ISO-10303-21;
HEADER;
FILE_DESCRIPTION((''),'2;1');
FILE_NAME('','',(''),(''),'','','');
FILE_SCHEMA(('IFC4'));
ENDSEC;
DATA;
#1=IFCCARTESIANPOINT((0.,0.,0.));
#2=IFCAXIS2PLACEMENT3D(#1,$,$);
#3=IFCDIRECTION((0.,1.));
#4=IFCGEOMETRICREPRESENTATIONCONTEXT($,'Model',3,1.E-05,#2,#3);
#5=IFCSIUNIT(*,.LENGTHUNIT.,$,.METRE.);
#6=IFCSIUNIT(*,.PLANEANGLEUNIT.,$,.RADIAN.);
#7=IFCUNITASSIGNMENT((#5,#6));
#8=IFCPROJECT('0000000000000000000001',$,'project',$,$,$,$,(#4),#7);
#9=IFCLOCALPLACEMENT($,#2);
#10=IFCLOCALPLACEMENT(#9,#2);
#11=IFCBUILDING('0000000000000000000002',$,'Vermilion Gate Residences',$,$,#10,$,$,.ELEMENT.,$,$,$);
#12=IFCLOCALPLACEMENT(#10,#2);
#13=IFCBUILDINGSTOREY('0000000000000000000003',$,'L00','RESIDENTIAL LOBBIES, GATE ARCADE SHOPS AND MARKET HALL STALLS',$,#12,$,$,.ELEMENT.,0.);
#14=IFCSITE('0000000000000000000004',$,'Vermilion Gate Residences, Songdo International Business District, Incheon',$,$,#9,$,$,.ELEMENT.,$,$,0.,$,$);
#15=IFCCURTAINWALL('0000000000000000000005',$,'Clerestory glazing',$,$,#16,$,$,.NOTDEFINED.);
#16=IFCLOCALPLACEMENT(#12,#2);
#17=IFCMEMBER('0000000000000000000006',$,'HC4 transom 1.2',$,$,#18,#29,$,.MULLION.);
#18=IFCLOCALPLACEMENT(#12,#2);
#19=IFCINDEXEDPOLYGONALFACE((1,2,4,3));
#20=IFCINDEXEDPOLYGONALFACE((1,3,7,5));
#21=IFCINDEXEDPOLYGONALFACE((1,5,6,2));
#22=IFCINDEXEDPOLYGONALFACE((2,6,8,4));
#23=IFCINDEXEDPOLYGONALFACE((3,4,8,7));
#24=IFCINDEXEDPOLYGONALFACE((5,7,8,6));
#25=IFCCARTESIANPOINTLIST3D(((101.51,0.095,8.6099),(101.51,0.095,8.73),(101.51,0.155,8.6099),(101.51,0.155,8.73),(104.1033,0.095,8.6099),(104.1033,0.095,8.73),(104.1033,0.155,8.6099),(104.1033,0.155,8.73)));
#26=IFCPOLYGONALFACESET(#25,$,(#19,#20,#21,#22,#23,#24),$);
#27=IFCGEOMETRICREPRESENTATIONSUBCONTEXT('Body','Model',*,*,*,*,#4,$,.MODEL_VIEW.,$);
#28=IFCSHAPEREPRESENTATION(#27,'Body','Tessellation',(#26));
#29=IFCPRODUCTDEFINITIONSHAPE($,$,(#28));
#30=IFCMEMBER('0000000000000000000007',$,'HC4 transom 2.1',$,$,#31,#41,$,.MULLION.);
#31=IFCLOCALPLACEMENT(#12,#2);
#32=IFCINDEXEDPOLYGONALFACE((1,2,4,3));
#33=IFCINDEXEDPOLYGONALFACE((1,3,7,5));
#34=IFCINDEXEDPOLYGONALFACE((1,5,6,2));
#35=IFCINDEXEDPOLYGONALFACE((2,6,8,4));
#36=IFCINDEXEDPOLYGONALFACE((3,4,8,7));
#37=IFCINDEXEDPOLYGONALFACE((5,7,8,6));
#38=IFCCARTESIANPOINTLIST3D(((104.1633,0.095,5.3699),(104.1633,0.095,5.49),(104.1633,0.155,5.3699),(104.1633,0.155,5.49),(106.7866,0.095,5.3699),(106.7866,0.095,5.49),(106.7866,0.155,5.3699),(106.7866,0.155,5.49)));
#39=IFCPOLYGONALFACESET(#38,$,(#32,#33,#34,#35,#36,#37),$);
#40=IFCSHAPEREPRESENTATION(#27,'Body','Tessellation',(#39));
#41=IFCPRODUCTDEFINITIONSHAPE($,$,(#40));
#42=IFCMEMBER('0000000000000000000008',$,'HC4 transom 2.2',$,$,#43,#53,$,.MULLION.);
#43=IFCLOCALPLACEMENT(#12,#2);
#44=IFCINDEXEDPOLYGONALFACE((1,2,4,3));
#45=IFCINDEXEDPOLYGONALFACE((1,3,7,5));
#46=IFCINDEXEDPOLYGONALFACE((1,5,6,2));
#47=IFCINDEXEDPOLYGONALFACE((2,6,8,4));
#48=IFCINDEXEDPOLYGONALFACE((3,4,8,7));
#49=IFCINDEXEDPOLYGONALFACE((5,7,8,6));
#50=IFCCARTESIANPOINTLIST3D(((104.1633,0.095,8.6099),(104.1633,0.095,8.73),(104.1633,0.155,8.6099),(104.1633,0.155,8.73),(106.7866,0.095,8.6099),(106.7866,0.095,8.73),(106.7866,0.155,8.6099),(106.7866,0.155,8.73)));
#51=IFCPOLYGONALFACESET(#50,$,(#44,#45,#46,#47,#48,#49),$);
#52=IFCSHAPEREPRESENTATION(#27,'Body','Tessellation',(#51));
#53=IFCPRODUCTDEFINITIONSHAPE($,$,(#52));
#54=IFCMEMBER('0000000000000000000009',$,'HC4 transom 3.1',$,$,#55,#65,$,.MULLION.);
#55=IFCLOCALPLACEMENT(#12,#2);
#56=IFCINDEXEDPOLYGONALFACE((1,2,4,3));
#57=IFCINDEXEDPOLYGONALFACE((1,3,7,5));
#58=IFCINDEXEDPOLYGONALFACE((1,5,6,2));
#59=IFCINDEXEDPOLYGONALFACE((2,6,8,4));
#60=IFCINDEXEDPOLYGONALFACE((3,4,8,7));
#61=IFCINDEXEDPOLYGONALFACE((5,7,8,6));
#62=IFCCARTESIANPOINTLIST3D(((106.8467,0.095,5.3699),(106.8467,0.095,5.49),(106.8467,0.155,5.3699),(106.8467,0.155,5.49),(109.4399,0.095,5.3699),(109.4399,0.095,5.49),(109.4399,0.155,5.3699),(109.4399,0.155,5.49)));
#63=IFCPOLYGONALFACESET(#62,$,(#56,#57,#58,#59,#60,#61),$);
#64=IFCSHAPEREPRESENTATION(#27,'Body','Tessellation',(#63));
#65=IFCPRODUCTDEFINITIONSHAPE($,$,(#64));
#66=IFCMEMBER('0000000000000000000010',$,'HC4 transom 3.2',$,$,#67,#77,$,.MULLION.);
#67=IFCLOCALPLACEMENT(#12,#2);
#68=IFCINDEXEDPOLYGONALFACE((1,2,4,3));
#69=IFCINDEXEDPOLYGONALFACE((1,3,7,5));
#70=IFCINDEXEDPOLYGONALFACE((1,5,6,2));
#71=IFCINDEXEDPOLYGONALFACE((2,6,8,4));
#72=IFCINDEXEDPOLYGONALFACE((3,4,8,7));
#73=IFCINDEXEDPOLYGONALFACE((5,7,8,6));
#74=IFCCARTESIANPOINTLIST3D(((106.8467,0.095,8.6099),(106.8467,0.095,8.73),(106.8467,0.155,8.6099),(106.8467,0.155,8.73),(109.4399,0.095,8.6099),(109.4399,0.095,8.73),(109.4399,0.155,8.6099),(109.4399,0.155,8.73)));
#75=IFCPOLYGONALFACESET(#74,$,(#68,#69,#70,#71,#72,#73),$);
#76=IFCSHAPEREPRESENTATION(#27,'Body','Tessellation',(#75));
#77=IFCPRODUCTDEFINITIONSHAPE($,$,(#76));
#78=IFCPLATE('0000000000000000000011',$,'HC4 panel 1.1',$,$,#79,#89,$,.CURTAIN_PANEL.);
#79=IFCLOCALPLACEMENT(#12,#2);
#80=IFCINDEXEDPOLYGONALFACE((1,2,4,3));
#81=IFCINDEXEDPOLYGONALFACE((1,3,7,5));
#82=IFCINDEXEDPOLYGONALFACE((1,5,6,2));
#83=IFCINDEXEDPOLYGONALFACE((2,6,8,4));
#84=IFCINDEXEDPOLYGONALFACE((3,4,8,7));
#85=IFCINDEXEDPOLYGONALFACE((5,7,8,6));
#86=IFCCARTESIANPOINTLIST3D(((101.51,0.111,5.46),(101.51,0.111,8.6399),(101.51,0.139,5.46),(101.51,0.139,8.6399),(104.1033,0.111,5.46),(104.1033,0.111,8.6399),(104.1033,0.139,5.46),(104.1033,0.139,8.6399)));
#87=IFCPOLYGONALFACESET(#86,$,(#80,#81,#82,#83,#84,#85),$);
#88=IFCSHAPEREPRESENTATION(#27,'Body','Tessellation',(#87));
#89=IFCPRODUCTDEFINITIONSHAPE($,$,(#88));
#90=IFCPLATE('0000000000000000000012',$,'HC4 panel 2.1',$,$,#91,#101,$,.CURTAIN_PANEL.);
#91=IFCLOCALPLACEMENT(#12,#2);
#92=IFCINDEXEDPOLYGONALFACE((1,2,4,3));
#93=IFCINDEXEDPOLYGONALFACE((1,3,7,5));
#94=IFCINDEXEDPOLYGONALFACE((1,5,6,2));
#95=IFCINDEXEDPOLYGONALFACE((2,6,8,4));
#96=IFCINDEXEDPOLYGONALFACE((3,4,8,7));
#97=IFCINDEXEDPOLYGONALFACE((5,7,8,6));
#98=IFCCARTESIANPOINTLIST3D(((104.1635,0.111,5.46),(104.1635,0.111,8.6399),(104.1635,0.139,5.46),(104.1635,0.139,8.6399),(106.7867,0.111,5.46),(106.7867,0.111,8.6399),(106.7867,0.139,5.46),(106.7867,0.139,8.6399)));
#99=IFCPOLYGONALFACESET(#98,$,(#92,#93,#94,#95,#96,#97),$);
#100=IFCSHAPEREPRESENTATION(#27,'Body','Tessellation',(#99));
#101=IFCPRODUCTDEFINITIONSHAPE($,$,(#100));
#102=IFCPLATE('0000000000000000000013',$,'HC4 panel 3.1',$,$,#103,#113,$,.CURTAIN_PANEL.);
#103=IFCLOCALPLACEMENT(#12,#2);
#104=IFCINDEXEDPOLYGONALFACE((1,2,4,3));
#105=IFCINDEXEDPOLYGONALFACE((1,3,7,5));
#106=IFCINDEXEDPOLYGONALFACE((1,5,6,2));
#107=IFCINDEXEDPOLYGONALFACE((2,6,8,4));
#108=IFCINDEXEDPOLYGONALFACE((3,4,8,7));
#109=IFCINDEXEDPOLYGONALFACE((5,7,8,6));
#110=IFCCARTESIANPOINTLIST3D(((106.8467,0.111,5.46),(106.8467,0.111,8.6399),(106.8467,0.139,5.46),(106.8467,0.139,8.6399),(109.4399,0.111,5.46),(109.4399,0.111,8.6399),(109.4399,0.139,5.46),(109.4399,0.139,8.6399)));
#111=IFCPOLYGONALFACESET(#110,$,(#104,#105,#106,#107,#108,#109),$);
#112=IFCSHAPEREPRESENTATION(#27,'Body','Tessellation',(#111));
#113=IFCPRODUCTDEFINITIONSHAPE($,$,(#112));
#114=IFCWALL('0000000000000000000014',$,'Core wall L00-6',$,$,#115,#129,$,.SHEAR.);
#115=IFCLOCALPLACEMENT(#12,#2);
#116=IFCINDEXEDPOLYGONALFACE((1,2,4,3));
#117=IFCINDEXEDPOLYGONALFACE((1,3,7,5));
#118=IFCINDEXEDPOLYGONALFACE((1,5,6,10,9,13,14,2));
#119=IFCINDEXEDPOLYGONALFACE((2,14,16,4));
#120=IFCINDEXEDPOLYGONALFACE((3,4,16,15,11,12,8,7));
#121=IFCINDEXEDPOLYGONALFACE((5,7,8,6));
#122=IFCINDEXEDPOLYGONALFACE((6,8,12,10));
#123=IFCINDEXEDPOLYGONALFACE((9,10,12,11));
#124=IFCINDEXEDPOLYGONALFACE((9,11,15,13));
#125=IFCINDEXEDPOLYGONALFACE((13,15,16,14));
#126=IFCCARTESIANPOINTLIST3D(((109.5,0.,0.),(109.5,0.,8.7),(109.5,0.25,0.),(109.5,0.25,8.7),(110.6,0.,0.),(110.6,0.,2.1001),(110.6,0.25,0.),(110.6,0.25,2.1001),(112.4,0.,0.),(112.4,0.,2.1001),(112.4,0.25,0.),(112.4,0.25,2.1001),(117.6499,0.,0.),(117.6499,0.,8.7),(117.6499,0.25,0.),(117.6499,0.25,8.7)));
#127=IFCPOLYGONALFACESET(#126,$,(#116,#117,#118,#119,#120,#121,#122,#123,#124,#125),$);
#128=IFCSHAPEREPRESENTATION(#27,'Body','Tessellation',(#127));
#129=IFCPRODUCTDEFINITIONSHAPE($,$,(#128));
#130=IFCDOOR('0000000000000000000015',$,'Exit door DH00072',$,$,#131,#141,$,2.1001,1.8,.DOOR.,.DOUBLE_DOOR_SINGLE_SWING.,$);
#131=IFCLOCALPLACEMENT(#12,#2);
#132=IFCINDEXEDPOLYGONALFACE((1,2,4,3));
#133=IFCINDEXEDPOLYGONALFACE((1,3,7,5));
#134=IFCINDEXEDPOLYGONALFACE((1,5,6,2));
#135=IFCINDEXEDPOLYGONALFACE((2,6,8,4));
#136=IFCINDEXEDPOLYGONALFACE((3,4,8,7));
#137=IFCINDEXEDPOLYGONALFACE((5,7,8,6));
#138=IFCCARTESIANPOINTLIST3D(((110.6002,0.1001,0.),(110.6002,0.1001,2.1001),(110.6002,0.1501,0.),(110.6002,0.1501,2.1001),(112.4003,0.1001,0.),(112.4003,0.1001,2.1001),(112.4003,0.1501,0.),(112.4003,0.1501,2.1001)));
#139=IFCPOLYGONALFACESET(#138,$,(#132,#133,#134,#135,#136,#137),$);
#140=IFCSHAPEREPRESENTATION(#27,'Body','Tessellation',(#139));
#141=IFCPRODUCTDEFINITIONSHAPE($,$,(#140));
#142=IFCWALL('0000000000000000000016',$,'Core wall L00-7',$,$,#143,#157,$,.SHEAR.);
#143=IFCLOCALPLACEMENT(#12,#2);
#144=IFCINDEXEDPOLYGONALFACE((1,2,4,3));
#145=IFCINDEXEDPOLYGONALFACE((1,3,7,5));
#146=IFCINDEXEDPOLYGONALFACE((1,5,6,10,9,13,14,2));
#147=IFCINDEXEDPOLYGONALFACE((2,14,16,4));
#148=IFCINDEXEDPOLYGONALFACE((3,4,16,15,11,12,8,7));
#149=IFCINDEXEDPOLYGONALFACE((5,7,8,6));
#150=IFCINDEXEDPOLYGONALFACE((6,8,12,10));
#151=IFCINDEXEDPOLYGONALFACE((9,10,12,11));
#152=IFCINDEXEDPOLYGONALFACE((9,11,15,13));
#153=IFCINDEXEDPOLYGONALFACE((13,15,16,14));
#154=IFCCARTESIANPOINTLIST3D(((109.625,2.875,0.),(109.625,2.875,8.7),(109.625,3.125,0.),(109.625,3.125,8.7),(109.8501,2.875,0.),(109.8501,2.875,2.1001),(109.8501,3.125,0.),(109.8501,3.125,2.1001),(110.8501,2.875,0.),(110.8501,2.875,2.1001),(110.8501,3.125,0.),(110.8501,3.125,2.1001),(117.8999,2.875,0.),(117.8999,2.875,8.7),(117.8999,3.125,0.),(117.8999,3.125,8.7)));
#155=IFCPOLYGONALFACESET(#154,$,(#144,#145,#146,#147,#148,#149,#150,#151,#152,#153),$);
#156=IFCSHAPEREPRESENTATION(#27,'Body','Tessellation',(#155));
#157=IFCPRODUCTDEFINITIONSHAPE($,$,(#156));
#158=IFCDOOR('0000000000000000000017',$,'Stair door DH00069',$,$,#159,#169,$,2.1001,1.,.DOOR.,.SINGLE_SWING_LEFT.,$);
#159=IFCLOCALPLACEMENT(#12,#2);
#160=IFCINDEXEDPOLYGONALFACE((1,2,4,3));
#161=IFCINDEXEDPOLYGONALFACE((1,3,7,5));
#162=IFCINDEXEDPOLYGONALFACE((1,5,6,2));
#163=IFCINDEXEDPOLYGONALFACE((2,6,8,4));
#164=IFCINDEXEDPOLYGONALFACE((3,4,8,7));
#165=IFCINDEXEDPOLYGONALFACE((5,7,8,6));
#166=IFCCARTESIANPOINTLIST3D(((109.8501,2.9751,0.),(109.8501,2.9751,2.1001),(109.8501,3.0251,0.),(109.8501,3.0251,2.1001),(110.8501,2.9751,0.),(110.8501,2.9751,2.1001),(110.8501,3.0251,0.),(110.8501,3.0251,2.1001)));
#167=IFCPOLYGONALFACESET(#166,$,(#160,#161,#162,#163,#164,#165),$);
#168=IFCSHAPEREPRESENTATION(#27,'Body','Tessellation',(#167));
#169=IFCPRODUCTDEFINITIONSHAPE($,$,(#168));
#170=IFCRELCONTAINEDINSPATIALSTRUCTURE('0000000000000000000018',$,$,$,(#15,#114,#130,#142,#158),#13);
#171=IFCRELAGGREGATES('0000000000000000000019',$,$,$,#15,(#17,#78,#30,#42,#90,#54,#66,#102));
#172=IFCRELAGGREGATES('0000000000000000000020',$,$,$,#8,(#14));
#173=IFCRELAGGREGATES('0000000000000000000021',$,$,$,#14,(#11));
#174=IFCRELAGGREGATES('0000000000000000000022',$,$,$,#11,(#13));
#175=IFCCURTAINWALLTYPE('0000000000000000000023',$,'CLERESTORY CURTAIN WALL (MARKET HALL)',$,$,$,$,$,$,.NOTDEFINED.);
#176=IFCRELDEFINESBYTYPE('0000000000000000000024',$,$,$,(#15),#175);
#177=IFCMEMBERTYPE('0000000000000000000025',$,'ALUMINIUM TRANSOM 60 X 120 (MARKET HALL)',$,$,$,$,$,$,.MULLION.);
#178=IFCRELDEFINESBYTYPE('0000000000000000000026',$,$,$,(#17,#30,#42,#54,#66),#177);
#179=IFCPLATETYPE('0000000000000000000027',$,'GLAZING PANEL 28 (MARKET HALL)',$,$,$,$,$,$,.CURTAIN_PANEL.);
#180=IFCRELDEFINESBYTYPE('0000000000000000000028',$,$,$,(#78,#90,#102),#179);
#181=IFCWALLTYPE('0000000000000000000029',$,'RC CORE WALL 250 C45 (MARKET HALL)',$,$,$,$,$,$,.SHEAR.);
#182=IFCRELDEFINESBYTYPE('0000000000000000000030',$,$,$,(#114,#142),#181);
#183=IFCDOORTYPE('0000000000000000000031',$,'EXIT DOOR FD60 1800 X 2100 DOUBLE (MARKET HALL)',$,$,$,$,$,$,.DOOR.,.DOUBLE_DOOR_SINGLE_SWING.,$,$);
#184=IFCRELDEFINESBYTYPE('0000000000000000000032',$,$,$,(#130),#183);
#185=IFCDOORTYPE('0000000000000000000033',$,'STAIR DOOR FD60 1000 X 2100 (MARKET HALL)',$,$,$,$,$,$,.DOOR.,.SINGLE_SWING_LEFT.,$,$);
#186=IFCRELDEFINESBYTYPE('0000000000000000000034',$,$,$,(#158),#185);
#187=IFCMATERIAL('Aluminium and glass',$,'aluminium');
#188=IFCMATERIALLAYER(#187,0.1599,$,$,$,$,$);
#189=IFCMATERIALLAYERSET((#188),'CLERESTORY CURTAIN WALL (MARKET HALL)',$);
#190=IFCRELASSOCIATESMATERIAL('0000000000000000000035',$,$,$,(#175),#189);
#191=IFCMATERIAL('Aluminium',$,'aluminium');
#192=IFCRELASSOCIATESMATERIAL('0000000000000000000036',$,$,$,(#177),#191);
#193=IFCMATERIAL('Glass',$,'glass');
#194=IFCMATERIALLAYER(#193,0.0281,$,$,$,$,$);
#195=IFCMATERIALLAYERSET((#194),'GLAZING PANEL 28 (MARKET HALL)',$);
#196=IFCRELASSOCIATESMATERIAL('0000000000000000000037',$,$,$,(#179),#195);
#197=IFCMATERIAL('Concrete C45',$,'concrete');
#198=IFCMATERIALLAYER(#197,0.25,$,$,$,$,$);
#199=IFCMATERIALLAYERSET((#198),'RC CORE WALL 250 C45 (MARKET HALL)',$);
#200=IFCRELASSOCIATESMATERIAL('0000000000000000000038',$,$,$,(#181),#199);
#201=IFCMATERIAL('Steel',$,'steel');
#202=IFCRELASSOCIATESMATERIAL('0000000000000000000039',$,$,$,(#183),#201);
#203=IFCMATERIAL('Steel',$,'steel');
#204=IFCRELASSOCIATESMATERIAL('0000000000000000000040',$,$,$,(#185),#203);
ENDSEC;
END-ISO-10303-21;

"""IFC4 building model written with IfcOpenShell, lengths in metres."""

from ifc_helpers import new_model, si_unit, direction, frame, frame_2d, origin, origin_2d, place, context, subcontext, project, spatial, rectangle, extrude, material, layer, layer_set, material_profile, profile_set, type_object, element, fill, aggregate, save


model = new_model("IFC4")

# Units and contexts
model_context = context("Model", 3, precision=1e-05, world=origin(), true_north=direction((0.0, 1.0)))
body_context = subcontext(model_context, "Body", "Model", "MODEL_VIEW")
ifc_project = project(units=[si_unit("LENGTHUNIT", "METRE"), si_unit("PLANEANGLEUNIT", "RADIAN")], contexts=[model_context])

# Site, building, storey
site_placement = place(None, origin())
site = spatial("IfcSite", under=ifc_project, at=site_placement, Name="Vermilion Gate Residences, Songdo International Business District, Incheon", CompositionType="ELEMENT", RefElevation=0.0)
building_placement = place(site_placement, origin())
building = spatial("IfcBuilding", under=site, at=building_placement, Name="Vermilion Gate Residences", CompositionType="ELEMENT")
storey_placement = place(building_placement, origin())
storey = spatial("IfcBuildingStorey", under=building, at=storey_placement, Name="L00", Description="RESIDENTIAL LOBBIES, GATE ARCADE SHOPS AND MARKET HALL STALLS", CompositionType="ELEMENT", Elevation=0.0)

# Curtain wall, members, plates
ifc_material_1 = material(Name="Aluminium and glass", Category="aluminium")
ifc_layer_1 = layer(ifc_material_1, 0.1599)
ifc_layer_set_1 = layer_set([ifc_layer_1], Name="CLERESTORY CURTAIN WALL (MARKET HALL)")
curtain_wall_type = type_object("IfcCurtainWallType", Name="CLERESTORY CURTAIN WALL (MARKET HALL)", PredefinedType="NOTDEFINED", material=ifc_layer_set_1)
curtain_wall_placement = place(storey_placement, origin())
curtain_wall = element("IfcCurtainWall", 1, at=curtain_wall_placement, inside=storey, type_object=curtain_wall_type, Name="Clerestory glazing", PredefinedType="NOTDEFINED")
ifc_material_2 = material(Name="Aluminium", Category="aluminium")
ifc_material_profile_1 = material_profile(ifc_material_2, rectangle(XDim=0.0601, YDim=0.1201, at=origin_2d()), Name="ALUMINIUM TRANSOM 60 X 120 (MARKET HALL)")
ifc_profile_set_1 = profile_set([ifc_material_profile_1], Name="Aluminium")
member_type_1 = type_object("IfcMemberType", Name="ALUMINIUM TRANSOM 60 X 120 (MARKET HALL)", PredefinedType="MULLION", material=ifc_profile_set_1)
member_1_placement = place(storey_placement, frame((101.51, 0.125, 8.6699), z_axis=(1.0, 0.0, 0.0), x_axis=(0.0, 1.0, 0.0)))
member_1 = element("IfcMember", 2, at=member_1_placement, type_object=member_type_1, Name="HC4 transom 1.2", PredefinedType="MULLION", context=body_context, shape_type="SweptSolid", body=[
    extrude(rectangle(XDim=0.0601, YDim=0.1201, at=origin_2d()), origin(), (0.0, 0.0, 1.0), 2.5933),
])
member_2_placement = place(storey_placement, frame((104.1633, 0.125, 5.4299), z_axis=(1.0, 0.0, 0.0), x_axis=(0.0, 1.0, 0.0)))
member_2 = element("IfcMember", 3, at=member_2_placement, type_object=member_type_1, Name="HC4 transom 2.1", PredefinedType="MULLION", context=body_context, shape_type="SweptSolid", body=[
    extrude(rectangle(XDim=0.0601, YDim=0.1201, at=origin_2d()), origin(), (0.0, 0.0, 1.0), 2.6233),
])
member_3_placement = place(storey_placement, frame((104.1633, 0.125, 8.6699), z_axis=(1.0, 0.0, 0.0), x_axis=(0.0, 1.0, 0.0)))
member_3 = element("IfcMember", 4, at=member_3_placement, type_object=member_type_1, Name="HC4 transom 2.2", PredefinedType="MULLION", context=body_context, shape_type="SweptSolid", body=[
    extrude(rectangle(XDim=0.0601, YDim=0.1201, at=origin_2d()), origin(), (0.0, 0.0, 1.0), 2.6233),
])
member_4_placement = place(storey_placement, frame((106.8467, 0.125, 5.4299), z_axis=(1.0, 0.0, 0.0), x_axis=(0.0, 1.0, 0.0)))
member_4 = element("IfcMember", 5, at=member_4_placement, type_object=member_type_1, Name="HC4 transom 3.1", PredefinedType="MULLION", context=body_context, shape_type="SweptSolid", body=[
    extrude(rectangle(XDim=0.0601, YDim=0.1201, at=origin_2d()), origin(), (0.0, 0.0, 1.0), 2.5933),
])
member_5_placement = place(storey_placement, frame((106.8467, 0.125, 8.6699), z_axis=(1.0, 0.0, 0.0), x_axis=(0.0, 1.0, 0.0)))
member_5 = element("IfcMember", 6, at=member_5_placement, type_object=member_type_1, Name="HC4 transom 3.2", PredefinedType="MULLION", context=body_context, shape_type="SweptSolid", body=[
    extrude(rectangle(XDim=0.0601, YDim=0.1201, at=origin_2d()), origin(), (0.0, 0.0, 1.0), 2.5933),
])
ifc_material_3 = material(Name="Glass", Category="glass")
ifc_layer_2 = layer(ifc_material_3, 0.0281)
ifc_layer_set_2 = layer_set([ifc_layer_2], Name="GLAZING PANEL 28 (MARKET HALL)")
plate_type = type_object("IfcPlateType", Name="GLAZING PANEL 28 (MARKET HALL)", PredefinedType="CURTAIN_PANEL", material=ifc_layer_set_2)
plate_1_placement = place(storey_placement, frame((102.8066, 0.125, 5.46), z_axis=(0.0, 0.0, 1.0), x_axis=(1.0, 0.0, 0.0)))
plate_1 = element("IfcPlate", 7, at=plate_1_placement, type_object=plate_type, Name="HC4 panel 1.1", PredefinedType="CURTAIN_PANEL", context=body_context, shape_type="SweptSolid", body=[
    extrude(rectangle(XDim=2.5933, YDim=0.0281, at=origin_2d()), origin(), (0.0, 0.0, 1.0), 3.1799),
])
plate_2_placement = place(storey_placement, frame((105.4751, 0.125, 5.46), z_axis=(0.0, 0.0, 1.0), x_axis=(1.0, 0.0, 0.0)))
plate_2 = element("IfcPlate", 8, at=plate_2_placement, type_object=plate_type, Name="HC4 panel 2.1", PredefinedType="CURTAIN_PANEL", context=body_context, shape_type="SweptSolid", body=[
    extrude(rectangle(XDim=2.6233, YDim=0.0281, at=origin_2d()), origin(), (0.0, 0.0, 1.0), 3.1799),
])
plate_3_placement = place(storey_placement, frame((108.1433, 0.125, 5.46), z_axis=(0.0, 0.0, 1.0), x_axis=(1.0, 0.0, 0.0)))
plate_3 = element("IfcPlate", 9, at=plate_3_placement, type_object=plate_type, Name="HC4 panel 3.1", PredefinedType="CURTAIN_PANEL", context=body_context, shape_type="SweptSolid", body=[
    extrude(rectangle(XDim=2.5933, YDim=0.0281, at=origin_2d()), origin(), (0.0, 0.0, 1.0), 3.1799),
])
aggregate(curtain_wall, [member_1, plate_1, member_2, member_3, plate_2, member_4, member_5, plate_3])

# Walls, openings, doors
ifc_material_4 = material(Name="Concrete C45", Category="concrete")
ifc_layer_3 = layer(ifc_material_4, 0.25)
ifc_layer_set_3 = layer_set([ifc_layer_3], Name="RC CORE WALL 250 C45 (MARKET HALL)")
wall_type = type_object("IfcWallType", Name="RC CORE WALL 250 C45 (MARKET HALL)", PredefinedType="SHEAR", material=ifc_layer_set_3)
wall_1_placement = place(storey_placement, frame((109.5, 0.125, 0.0), z_axis=(0.0, 0.0, 1.0), x_axis=(1.0, 0.0, 0.0)))
wall_1 = element("IfcWall", 10, at=wall_1_placement, inside=storey, type_object=wall_type, Name="Core wall L00-6", PredefinedType="SHEAR", context=body_context, shape_type="SweptSolid", body=[
    extrude(rectangle(XDim=8.1499, YDim=0.25, at=frame_2d((4.075, 0.0))), origin(), (0.0, 0.0, 1.0), 8.7),
])
opening_1_placement = place(wall_1_placement, frame((1.1001, 0.0, 0.0)))
opening_1 = element("IfcOpeningElement", 11, at=opening_1_placement, cuts=wall_1, PredefinedType="OPENING", context=body_context, shape_type="SweptSolid", body=[
    extrude(rectangle(XDim=1.8, YDim=2.1001, at=frame_2d((0.8999, 1.05))), frame((0.0, 0.135, 0.0), z_axis=(0.0, -1.0, 0.0), x_axis=(1.0, 0.0, 0.0)), (0.0, 0.0, 1.0), 0.27),
])
ifc_material_5 = material(Name="Steel", Category="steel")
door_type_1 = type_object("IfcDoorType", Name="EXIT DOOR FD60 1800 X 2100 DOUBLE (MARKET HALL)", OperationType="DOUBLE_DOOR_SINGLE_SWING", PredefinedType="DOOR", material=ifc_material_5)
door_1_placement = place(opening_1_placement, frame((1.8, 0.0, 0.0), z_axis=(0.0, 0.0, 1.0), x_axis=(-1.0, 0.0, 0.0)))
door_1 = element("IfcDoor", 12, at=door_1_placement, inside=storey, type_object=door_type_1, Name="Exit door DH00072", OperationType="DOUBLE_DOOR_SINGLE_SWING", OverallHeight=2.1001, OverallWidth=1.8, PredefinedType="DOOR", context=body_context, shape_type="SweptSolid", body=[
    extrude(rectangle(XDim=1.8, YDim=2.1001, at=frame_2d((0.8999, 1.05))), frame((0.0, 0.0249, 0.0), z_axis=(0.0, -1.0, 0.0), x_axis=(1.0, 0.0, 0.0)), (0.0, 0.0, 1.0), 0.05),
])
fill(opening_1, door_1)
wall_2_placement = place(storey_placement, frame((109.625, 3.0, 0.0), z_axis=(0.0, 0.0, 1.0), x_axis=(1.0, 0.0, 0.0)))
wall_2 = element("IfcWall", 13, at=wall_2_placement, inside=storey, type_object=wall_type, Name="Core wall L00-7", PredefinedType="SHEAR", context=body_context, shape_type="SweptSolid", body=[
    extrude(rectangle(XDim=8.2749, YDim=0.25, at=frame_2d((4.1375, 0.0))), origin(), (0.0, 0.0, 1.0), 8.7),
])
opening_2_placement = place(wall_2_placement, frame((0.2251, 0.0, 0.0)))
opening_2 = element("IfcOpeningElement", 14, at=opening_2_placement, cuts=wall_2, PredefinedType="OPENING", context=body_context, shape_type="SweptSolid", body=[
    extrude(rectangle(XDim=1.0, YDim=2.1001, at=frame_2d((0.5, 1.05))), frame((0.0, 0.135, 0.0), z_axis=(0.0, -1.0, 0.0), x_axis=(1.0, 0.0, 0.0)), (0.0, 0.0, 1.0), 0.27),
])
ifc_material_6 = material(Name="Steel", Category="steel")
door_type_2 = type_object("IfcDoorType", Name="STAIR DOOR FD60 1000 X 2100 (MARKET HALL)", OperationType="SINGLE_SWING_LEFT", PredefinedType="DOOR", material=ifc_material_6)
door_2_placement = place(opening_2_placement, frame((1.0, 0.0, 0.0), z_axis=(0.0, 0.0, 1.0), x_axis=(-1.0, 0.0, 0.0)))
door_2 = element("IfcDoor", 15, at=door_2_placement, inside=storey, type_object=door_type_2, Name="Stair door DH00069", OperationType="SINGLE_SWING_LEFT", OverallHeight=2.1001, OverallWidth=1.0, PredefinedType="DOOR", context=body_context, shape_type="SweptSolid", body=[
    extrude(rectangle(XDim=1.0, YDim=2.1001, at=frame_2d((0.5, 1.05))), frame((0.0, 0.0249, 0.0), z_axis=(0.0, -1.0, 0.0), x_axis=(1.0, 0.0, 0.0)), (0.0, 0.0, 1.0), 0.05),
])
fill(opening_2, door_2)

save(model, "model.ifc")
